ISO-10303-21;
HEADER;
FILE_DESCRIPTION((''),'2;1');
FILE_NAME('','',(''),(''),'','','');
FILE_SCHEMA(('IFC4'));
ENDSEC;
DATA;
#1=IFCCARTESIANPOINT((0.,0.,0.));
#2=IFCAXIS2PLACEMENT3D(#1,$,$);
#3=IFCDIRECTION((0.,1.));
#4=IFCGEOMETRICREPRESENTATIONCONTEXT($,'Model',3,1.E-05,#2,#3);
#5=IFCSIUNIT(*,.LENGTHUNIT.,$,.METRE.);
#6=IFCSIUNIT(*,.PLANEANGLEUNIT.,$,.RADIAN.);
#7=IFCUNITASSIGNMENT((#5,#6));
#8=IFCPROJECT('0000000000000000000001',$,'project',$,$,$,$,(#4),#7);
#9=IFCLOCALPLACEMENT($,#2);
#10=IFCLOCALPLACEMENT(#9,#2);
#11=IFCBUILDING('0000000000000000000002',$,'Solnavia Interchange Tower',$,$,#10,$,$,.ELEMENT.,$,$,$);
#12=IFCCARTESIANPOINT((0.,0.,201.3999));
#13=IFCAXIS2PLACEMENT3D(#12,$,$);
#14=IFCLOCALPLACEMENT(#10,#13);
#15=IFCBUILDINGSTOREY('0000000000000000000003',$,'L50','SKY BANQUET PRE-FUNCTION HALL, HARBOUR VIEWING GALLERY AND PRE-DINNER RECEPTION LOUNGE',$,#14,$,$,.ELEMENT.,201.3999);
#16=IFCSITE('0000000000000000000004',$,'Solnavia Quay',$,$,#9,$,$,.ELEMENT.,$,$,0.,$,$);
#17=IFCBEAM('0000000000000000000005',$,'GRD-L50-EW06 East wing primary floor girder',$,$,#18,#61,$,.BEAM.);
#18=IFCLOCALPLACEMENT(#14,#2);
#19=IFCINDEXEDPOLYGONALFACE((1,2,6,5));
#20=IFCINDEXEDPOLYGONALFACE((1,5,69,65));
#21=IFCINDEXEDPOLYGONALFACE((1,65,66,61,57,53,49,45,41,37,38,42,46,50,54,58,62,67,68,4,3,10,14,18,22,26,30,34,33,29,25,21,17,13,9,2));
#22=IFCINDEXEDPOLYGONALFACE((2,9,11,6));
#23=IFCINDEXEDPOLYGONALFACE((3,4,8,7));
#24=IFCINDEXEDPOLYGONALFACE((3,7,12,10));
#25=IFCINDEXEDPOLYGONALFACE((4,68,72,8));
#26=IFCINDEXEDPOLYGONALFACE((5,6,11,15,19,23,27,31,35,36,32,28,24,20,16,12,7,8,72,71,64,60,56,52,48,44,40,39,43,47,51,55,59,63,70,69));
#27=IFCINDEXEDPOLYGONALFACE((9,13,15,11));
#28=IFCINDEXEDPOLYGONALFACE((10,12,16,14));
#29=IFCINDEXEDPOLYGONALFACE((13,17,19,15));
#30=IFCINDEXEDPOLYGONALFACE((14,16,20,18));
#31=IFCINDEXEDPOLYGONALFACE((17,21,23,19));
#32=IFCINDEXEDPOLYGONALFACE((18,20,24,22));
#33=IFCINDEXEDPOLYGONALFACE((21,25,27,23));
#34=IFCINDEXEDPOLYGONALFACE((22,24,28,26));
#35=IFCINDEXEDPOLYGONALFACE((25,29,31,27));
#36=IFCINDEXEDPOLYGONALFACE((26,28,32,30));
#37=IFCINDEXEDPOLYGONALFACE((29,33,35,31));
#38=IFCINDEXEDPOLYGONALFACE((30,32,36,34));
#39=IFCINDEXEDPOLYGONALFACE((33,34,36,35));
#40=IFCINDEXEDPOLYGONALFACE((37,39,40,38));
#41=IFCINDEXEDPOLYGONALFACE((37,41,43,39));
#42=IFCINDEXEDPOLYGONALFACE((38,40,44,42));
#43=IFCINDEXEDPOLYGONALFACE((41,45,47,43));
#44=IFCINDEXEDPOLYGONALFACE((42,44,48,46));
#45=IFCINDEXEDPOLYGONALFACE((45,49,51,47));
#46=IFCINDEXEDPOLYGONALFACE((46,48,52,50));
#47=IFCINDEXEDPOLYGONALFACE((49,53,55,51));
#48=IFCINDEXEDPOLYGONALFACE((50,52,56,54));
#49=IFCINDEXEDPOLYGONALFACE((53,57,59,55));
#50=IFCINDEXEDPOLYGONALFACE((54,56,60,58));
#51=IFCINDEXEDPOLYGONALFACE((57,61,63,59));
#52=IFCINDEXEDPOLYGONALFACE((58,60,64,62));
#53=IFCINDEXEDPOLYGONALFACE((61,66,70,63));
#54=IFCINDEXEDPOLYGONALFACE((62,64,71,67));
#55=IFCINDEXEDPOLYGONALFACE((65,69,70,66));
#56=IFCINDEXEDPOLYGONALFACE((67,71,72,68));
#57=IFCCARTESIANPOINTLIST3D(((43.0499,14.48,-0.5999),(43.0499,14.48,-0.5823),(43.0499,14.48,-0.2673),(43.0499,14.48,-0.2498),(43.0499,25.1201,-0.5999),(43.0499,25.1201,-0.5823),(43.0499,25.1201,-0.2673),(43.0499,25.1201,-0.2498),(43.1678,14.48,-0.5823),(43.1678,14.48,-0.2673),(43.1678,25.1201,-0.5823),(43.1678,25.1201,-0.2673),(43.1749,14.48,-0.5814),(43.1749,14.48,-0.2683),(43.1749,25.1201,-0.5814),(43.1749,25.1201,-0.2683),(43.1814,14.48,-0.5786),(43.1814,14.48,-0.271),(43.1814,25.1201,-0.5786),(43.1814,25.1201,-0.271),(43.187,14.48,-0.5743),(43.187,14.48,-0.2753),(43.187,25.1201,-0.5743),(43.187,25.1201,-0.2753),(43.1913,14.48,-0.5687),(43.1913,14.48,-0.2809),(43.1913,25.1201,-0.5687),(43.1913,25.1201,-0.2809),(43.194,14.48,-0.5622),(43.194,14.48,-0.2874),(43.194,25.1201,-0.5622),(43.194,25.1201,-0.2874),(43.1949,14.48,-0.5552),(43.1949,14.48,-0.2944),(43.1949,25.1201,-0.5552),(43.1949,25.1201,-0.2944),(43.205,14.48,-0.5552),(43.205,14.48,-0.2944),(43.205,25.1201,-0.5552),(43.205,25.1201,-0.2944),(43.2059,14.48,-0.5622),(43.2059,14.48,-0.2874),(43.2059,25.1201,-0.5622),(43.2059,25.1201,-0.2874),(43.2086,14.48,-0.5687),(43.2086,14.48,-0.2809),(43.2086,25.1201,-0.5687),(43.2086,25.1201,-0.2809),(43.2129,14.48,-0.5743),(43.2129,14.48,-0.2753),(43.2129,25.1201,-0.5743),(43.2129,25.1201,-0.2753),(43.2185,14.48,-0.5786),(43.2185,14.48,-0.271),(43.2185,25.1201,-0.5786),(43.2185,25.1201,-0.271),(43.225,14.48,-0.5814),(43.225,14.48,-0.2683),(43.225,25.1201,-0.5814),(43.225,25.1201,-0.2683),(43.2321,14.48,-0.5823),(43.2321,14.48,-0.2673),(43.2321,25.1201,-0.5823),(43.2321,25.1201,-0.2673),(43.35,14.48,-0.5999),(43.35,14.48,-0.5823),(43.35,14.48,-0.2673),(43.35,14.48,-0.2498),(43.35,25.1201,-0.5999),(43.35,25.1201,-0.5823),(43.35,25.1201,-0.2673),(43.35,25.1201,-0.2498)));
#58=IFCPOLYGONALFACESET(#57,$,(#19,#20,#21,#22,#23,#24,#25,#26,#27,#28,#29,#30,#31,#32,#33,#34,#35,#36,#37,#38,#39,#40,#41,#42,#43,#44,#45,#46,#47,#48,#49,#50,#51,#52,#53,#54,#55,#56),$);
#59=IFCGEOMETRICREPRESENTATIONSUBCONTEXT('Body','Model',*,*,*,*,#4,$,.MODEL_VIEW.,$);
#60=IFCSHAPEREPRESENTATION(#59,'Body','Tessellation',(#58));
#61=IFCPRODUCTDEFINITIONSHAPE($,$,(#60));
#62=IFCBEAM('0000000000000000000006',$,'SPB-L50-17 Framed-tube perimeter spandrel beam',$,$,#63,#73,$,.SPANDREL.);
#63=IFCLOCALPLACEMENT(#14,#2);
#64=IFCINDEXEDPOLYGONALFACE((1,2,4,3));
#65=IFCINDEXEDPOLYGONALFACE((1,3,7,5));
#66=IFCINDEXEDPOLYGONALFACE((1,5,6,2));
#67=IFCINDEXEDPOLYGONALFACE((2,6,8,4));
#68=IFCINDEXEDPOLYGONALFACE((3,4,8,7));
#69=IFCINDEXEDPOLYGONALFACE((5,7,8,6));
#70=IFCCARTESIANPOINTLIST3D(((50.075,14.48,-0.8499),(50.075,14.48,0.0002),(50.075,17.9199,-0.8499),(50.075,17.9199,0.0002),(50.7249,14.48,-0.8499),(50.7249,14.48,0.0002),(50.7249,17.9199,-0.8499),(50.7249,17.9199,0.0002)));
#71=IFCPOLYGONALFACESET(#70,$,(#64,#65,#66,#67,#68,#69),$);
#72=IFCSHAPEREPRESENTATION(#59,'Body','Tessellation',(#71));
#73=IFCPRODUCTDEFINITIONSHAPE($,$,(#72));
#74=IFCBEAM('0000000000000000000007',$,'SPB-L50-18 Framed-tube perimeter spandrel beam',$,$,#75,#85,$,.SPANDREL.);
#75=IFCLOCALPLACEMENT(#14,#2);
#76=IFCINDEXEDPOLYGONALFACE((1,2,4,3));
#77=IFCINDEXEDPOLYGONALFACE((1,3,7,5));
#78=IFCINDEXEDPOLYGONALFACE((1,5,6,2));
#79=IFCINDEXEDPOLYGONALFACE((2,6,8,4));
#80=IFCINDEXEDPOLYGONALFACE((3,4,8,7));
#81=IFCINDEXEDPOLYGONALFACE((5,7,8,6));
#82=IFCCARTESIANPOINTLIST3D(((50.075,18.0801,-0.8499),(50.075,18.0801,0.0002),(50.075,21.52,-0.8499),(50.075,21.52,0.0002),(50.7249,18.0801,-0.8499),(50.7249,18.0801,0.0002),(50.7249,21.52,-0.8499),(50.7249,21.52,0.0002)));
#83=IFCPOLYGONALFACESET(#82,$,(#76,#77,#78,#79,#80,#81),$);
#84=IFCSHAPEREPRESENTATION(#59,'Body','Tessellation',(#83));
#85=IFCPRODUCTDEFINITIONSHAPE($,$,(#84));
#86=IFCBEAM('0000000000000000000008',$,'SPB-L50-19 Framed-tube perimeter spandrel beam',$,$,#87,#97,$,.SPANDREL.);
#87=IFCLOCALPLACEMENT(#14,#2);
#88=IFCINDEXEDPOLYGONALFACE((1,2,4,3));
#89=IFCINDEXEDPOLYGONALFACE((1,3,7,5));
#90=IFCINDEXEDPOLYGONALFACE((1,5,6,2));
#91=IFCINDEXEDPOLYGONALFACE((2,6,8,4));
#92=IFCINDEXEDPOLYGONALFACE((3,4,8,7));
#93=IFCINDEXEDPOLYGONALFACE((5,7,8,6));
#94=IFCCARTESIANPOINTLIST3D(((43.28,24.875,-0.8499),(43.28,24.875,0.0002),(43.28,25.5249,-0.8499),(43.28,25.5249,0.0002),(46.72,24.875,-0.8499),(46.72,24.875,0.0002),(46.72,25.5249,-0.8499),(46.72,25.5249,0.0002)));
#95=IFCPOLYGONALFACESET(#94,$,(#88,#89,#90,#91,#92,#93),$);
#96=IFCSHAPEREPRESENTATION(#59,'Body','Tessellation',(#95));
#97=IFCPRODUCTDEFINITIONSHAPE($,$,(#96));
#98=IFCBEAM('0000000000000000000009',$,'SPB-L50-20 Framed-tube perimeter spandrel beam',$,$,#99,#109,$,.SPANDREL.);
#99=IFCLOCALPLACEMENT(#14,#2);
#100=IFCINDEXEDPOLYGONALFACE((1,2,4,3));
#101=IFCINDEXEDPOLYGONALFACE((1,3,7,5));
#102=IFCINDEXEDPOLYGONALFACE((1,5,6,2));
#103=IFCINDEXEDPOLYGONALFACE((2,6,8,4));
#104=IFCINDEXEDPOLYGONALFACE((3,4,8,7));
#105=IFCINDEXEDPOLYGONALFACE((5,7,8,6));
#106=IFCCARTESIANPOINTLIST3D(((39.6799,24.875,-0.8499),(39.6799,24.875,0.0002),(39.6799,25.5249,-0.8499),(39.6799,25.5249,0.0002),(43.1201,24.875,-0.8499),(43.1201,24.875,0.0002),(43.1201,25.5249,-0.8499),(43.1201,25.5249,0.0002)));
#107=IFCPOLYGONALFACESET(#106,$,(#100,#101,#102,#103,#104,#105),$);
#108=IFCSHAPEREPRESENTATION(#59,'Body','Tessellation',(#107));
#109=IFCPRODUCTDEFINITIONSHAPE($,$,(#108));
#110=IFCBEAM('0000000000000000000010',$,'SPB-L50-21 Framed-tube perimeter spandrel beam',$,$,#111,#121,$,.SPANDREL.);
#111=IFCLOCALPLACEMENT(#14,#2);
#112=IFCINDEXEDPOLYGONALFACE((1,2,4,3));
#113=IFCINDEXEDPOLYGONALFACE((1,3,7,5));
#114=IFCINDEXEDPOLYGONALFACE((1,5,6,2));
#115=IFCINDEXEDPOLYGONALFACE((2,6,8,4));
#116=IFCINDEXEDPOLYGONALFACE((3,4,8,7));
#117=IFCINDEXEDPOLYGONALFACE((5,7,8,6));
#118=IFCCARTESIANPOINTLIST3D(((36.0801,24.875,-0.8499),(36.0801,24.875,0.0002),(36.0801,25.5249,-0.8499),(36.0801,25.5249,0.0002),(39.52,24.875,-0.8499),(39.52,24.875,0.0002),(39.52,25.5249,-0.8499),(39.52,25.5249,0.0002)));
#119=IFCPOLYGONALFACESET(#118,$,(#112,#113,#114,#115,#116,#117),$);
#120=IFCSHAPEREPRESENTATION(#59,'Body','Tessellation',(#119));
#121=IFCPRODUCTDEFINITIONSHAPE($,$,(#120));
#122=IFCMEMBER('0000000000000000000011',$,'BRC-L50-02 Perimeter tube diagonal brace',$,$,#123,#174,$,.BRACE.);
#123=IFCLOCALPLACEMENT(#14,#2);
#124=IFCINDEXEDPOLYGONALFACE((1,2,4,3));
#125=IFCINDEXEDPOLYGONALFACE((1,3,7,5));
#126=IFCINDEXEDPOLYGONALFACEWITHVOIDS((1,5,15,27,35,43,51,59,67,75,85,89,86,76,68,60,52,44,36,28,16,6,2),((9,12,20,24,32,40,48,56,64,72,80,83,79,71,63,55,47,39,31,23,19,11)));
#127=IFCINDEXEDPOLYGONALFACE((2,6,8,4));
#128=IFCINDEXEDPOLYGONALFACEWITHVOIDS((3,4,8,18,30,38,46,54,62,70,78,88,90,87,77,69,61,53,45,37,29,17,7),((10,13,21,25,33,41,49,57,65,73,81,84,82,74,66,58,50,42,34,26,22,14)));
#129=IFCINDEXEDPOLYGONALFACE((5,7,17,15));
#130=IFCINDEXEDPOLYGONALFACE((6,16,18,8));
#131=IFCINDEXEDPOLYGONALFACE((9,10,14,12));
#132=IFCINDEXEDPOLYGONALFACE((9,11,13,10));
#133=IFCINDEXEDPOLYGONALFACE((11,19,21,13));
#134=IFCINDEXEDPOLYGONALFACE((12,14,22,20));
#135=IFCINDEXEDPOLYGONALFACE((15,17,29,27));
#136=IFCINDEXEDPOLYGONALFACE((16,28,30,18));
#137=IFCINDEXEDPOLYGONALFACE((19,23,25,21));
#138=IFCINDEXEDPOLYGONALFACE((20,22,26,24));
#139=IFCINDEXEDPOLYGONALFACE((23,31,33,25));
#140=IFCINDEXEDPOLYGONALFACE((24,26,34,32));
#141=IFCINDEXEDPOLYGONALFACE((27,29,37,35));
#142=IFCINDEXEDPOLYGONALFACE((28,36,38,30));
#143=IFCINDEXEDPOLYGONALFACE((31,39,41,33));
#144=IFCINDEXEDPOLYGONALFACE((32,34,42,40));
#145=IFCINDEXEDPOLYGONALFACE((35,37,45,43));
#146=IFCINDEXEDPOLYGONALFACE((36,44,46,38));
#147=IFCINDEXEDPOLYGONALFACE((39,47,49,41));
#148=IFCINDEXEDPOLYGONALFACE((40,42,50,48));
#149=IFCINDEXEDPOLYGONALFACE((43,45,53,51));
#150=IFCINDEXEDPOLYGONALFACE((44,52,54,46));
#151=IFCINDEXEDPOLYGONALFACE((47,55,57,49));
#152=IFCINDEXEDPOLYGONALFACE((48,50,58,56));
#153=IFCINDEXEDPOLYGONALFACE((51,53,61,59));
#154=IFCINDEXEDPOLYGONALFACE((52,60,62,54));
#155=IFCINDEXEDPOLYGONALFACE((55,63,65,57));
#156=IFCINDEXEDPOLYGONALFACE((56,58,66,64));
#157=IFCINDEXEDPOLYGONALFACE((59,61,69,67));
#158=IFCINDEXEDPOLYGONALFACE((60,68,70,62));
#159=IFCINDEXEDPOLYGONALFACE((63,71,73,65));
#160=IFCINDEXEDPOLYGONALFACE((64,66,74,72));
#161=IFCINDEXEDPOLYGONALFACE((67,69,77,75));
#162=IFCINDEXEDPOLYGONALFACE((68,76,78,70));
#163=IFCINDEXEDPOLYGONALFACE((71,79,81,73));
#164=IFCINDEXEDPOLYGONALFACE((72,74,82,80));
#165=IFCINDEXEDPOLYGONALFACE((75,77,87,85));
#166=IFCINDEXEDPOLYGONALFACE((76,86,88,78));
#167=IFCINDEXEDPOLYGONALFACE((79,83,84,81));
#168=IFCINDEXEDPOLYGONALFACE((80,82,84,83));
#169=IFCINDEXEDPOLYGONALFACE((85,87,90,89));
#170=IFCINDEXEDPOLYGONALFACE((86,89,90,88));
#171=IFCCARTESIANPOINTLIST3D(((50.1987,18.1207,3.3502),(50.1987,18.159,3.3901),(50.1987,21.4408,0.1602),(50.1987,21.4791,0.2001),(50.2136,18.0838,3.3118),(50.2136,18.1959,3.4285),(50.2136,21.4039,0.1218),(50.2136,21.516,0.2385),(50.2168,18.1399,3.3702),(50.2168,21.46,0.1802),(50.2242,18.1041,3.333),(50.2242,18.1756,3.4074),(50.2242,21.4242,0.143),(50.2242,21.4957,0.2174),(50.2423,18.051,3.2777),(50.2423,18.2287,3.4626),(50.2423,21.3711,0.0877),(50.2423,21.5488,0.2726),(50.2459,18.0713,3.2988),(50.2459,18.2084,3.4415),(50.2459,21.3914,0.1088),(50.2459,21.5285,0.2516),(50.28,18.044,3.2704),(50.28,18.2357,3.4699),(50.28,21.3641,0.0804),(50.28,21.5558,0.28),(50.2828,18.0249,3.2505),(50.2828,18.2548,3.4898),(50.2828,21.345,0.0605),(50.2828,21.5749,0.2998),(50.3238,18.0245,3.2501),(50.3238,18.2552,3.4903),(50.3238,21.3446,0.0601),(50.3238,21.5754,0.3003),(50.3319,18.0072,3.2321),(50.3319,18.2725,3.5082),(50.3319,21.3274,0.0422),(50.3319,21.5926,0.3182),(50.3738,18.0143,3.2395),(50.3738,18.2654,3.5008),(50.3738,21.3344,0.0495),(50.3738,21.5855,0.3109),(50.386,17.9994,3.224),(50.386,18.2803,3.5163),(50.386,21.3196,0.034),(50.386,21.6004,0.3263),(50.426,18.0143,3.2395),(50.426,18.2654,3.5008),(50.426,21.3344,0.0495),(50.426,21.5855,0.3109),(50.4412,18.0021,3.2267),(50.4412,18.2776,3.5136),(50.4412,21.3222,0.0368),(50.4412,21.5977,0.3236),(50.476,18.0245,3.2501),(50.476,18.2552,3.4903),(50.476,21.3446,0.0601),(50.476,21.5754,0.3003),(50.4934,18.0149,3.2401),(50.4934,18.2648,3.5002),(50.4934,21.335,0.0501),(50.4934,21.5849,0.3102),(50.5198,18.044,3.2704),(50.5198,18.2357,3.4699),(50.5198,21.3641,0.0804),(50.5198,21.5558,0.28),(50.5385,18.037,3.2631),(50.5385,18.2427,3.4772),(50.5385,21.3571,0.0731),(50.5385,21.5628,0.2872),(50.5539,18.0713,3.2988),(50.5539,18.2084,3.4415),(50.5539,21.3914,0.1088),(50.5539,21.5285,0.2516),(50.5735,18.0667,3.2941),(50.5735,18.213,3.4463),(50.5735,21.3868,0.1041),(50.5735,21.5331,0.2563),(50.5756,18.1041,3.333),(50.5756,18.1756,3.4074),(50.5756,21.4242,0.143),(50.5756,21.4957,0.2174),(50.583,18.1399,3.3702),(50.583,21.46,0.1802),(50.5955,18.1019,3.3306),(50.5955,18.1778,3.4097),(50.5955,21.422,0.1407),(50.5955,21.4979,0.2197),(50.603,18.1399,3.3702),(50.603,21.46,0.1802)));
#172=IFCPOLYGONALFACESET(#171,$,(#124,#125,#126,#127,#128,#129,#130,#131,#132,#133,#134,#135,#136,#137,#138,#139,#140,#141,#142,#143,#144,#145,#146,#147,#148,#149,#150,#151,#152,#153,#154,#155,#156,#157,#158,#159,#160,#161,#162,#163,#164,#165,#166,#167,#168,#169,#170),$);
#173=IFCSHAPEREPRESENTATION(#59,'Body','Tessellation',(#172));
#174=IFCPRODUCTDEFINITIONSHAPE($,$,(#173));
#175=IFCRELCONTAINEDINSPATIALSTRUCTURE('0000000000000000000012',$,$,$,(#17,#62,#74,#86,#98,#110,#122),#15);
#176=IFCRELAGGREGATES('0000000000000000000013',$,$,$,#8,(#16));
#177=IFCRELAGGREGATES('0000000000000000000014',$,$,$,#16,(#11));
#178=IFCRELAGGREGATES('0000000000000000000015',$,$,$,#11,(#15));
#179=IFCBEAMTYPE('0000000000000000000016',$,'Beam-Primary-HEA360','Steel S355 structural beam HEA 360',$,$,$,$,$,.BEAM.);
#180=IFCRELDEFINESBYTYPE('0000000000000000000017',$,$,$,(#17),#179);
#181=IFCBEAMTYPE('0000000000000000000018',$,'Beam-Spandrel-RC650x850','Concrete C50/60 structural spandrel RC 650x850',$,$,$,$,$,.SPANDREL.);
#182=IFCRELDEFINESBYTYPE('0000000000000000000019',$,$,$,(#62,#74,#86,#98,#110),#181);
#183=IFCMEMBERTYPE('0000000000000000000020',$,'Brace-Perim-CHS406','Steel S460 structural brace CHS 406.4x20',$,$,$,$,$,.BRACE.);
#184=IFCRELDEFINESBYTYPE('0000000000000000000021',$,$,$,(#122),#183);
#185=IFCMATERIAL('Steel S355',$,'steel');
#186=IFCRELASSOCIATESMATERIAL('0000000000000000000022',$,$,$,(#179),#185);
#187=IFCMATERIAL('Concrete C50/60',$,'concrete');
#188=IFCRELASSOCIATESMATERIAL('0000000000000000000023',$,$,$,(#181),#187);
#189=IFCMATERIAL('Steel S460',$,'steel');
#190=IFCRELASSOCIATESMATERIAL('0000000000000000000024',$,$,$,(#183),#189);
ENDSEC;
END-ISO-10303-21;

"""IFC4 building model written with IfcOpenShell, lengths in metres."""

from ifc_helpers import new_model, si_unit, direction, frame, origin, origin_2d, place, context, subcontext, project, spatial, rectangle, hollow_circle, i_section, extrude, material, material_profile, profile_set, type_object, element, save


model = new_model("IFC4")

# Units and contexts
model_context = context("Model", 3, precision=1e-05, world=origin(), true_north=direction((0.0, 1.0)))
body_context = subcontext(model_context, "Body", "Model", "MODEL_VIEW")
ifc_project = project(units=[si_unit("LENGTHUNIT", "METRE"), si_unit("PLANEANGLEUNIT", "RADIAN")], contexts=[model_context])

# Site, building, storey
site_placement = place(None, origin())
site = spatial("IfcSite", under=ifc_project, at=site_placement, Name="Solnavia Quay", CompositionType="ELEMENT", RefElevation=0.0)
building_placement = place(site_placement, origin())
building = spatial("IfcBuilding", under=site, at=building_placement, Name="Solnavia Interchange Tower", CompositionType="ELEMENT")
storey_placement = place(building_placement, frame((0.0, 0.0, 201.3999)))
storey = spatial("IfcBuildingStorey", under=building, at=storey_placement, Name="L50", Description="SKY BANQUET PRE-FUNCTION HALL, HARBOUR VIEWING GALLERY AND PRE-DINNER RECEPTION LOUNGE", CompositionType="ELEMENT", Elevation=201.3999)

# Shared definitions
ifc_material_1 = material(Name="Concrete C50/60", Category="concrete")
ifc_material_2 = material(Name="Steel S355", Category="steel")

# Beams
ifc_material_3 = material(Name="Steel S460", Category="steel")
ifc_material_profile_1 = material_profile(ifc_material_2, i_section(OverallWidth=0.3, OverallDepth=0.3501, WebThickness=0.01, FlangeThickness=0.0176, FilletRadius=0.0271, at=origin_2d()), Name="HEA 360")
ifc_profile_set_1 = profile_set([ifc_material_profile_1], Name="Steel S355")
beam_type_1 = type_object("IfcBeamType", Name="Beam-Primary-HEA360", Description="Steel S355 structural beam HEA 360", PredefinedType="BEAM", material=ifc_profile_set_1)
beam_1_placement = place(storey_placement, frame((43.2, 14.48, -0.4248), z_axis=(0.0, 1.0, 0.0), x_axis=(-1.0, 0.0, 0.0)))
element("IfcBeam", 1, at=beam_1_placement, inside=storey, type_object=beam_type_1, Name="GRD-L50-EW06 East wing primary floor girder", PredefinedType="BEAM", context=body_context, shape_type="SweptSolid", body=[
    extrude(i_section(OverallWidth=0.3, OverallDepth=0.3501, WebThickness=0.01, FlangeThickness=0.0176, FilletRadius=0.0271, at=origin_2d()), origin(), (0.0, 0.0, 1.0), 10.6401),
])
ifc_material_profile_2 = material_profile(ifc_material_1, rectangle(XDim=0.6499, YDim=0.8501, at=origin_2d()), Name="RC 650x850")
ifc_profile_set_2 = profile_set([ifc_material_profile_2], Name="Concrete C50/60")
beam_type_2 = type_object("IfcBeamType", Name="Beam-Spandrel-RC650x850", Description="Concrete C50/60 structural spandrel RC 650x850", PredefinedType="SPANDREL", material=ifc_profile_set_2)
for number, where, z_axis, x_axis, name in (
    (2, (50.3999, 14.48, -0.4248), (0.0, 1.0, 0.0), (-1.0, 0.0, 0.0), "SPB-L50-17 Framed-tube perimeter spandrel beam"),
    (3, (50.3999, 18.0801, -0.4248), (0.0, 1.0, 0.0), (-1.0, 0.0, 0.0), "SPB-L50-18 Framed-tube perimeter spandrel beam"),
    (4, (46.72, 25.2, -0.4248), (-1.0, 0.0, 0.0), (0.0, -1.0, 0.0), "SPB-L50-19 Framed-tube perimeter spandrel beam"),
):
    element("IfcBeam", number, at=place(storey_placement, frame(where, z_axis=z_axis, x_axis=x_axis)), inside=storey, type_object=beam_type_2, Name=name, PredefinedType="SPANDREL", context=body_context, shape_type="SweptSolid", body=[
        extrude(rectangle(XDim=0.6499, YDim=0.8501, at=origin_2d()), origin(), (0.0, 0.0, 1.0), 3.4399),
    ])
beam_2_placement = place(storey_placement, frame((43.1201, 25.2, -0.4248), z_axis=(-1.0, 0.0, 0.0), x_axis=(0.0, -1.0, 0.0)))
element("IfcBeam", 5, at=beam_2_placement, inside=storey, type_object=beam_type_2, Name="SPB-L50-20 Framed-tube perimeter spandrel beam", PredefinedType="SPANDREL", context=body_context, shape_type="SweptSolid", body=[
    extrude(rectangle(XDim=0.6499, YDim=0.8501, at=origin_2d()), origin(), (0.0, 0.0, 1.0), 3.4402),
])
beam_3_placement = place(storey_placement, frame((39.52, 25.2, -0.4248), z_axis=(-1.0, 0.0, 0.0), x_axis=(0.0, -1.0, 0.0)))
element("IfcBeam", 6, at=beam_3_placement, inside=storey, type_object=beam_type_2, Name="SPB-L50-21 Framed-tube perimeter spandrel beam", PredefinedType="SPANDREL", context=body_context, shape_type="SweptSolid", body=[
    extrude(rectangle(XDim=0.6499, YDim=0.8501, at=origin_2d()), origin(), (0.0, 0.0, 1.0), 3.4399),
])

# Member
ifc_material_profile_3 = material_profile(ifc_material_3, hollow_circle(Radius=0.2031, WallThickness=0.02, at=origin_2d()), Name="CHS 406.4x20")
ifc_profile_set_3 = profile_set([ifc_material_profile_3], Name="Steel S460")
member_type = type_object("IfcMemberType", Name="Brace-Perim-CHS406", Description="Steel S460 structural brace CHS 406.4x20", PredefinedType="BRACE", material=ifc_profile_set_3)
for number, where, z_axis, x_axis, name in (
    (7, (50.3999, 21.46, 0.1802), (0.0, -0.721097, 0.692834), (1.0, 0.0, 0.0), "BRC-L50-02 Perimeter tube diagonal brace"),
):
    element("IfcMember", number, at=place(storey_placement, frame(where, z_axis=z_axis, x_axis=x_axis)), inside=storey, type_object=member_type, Name=name, PredefinedType="BRACE", context=body_context, shape_type="SweptSolid", body=[
        extrude(hollow_circle(Radius=0.2031, WallThickness=0.02, at=origin_2d()), origin(), (0.0, 0.0, 1.0), 4.6042),
    ])

save(model, "model.ifc")
